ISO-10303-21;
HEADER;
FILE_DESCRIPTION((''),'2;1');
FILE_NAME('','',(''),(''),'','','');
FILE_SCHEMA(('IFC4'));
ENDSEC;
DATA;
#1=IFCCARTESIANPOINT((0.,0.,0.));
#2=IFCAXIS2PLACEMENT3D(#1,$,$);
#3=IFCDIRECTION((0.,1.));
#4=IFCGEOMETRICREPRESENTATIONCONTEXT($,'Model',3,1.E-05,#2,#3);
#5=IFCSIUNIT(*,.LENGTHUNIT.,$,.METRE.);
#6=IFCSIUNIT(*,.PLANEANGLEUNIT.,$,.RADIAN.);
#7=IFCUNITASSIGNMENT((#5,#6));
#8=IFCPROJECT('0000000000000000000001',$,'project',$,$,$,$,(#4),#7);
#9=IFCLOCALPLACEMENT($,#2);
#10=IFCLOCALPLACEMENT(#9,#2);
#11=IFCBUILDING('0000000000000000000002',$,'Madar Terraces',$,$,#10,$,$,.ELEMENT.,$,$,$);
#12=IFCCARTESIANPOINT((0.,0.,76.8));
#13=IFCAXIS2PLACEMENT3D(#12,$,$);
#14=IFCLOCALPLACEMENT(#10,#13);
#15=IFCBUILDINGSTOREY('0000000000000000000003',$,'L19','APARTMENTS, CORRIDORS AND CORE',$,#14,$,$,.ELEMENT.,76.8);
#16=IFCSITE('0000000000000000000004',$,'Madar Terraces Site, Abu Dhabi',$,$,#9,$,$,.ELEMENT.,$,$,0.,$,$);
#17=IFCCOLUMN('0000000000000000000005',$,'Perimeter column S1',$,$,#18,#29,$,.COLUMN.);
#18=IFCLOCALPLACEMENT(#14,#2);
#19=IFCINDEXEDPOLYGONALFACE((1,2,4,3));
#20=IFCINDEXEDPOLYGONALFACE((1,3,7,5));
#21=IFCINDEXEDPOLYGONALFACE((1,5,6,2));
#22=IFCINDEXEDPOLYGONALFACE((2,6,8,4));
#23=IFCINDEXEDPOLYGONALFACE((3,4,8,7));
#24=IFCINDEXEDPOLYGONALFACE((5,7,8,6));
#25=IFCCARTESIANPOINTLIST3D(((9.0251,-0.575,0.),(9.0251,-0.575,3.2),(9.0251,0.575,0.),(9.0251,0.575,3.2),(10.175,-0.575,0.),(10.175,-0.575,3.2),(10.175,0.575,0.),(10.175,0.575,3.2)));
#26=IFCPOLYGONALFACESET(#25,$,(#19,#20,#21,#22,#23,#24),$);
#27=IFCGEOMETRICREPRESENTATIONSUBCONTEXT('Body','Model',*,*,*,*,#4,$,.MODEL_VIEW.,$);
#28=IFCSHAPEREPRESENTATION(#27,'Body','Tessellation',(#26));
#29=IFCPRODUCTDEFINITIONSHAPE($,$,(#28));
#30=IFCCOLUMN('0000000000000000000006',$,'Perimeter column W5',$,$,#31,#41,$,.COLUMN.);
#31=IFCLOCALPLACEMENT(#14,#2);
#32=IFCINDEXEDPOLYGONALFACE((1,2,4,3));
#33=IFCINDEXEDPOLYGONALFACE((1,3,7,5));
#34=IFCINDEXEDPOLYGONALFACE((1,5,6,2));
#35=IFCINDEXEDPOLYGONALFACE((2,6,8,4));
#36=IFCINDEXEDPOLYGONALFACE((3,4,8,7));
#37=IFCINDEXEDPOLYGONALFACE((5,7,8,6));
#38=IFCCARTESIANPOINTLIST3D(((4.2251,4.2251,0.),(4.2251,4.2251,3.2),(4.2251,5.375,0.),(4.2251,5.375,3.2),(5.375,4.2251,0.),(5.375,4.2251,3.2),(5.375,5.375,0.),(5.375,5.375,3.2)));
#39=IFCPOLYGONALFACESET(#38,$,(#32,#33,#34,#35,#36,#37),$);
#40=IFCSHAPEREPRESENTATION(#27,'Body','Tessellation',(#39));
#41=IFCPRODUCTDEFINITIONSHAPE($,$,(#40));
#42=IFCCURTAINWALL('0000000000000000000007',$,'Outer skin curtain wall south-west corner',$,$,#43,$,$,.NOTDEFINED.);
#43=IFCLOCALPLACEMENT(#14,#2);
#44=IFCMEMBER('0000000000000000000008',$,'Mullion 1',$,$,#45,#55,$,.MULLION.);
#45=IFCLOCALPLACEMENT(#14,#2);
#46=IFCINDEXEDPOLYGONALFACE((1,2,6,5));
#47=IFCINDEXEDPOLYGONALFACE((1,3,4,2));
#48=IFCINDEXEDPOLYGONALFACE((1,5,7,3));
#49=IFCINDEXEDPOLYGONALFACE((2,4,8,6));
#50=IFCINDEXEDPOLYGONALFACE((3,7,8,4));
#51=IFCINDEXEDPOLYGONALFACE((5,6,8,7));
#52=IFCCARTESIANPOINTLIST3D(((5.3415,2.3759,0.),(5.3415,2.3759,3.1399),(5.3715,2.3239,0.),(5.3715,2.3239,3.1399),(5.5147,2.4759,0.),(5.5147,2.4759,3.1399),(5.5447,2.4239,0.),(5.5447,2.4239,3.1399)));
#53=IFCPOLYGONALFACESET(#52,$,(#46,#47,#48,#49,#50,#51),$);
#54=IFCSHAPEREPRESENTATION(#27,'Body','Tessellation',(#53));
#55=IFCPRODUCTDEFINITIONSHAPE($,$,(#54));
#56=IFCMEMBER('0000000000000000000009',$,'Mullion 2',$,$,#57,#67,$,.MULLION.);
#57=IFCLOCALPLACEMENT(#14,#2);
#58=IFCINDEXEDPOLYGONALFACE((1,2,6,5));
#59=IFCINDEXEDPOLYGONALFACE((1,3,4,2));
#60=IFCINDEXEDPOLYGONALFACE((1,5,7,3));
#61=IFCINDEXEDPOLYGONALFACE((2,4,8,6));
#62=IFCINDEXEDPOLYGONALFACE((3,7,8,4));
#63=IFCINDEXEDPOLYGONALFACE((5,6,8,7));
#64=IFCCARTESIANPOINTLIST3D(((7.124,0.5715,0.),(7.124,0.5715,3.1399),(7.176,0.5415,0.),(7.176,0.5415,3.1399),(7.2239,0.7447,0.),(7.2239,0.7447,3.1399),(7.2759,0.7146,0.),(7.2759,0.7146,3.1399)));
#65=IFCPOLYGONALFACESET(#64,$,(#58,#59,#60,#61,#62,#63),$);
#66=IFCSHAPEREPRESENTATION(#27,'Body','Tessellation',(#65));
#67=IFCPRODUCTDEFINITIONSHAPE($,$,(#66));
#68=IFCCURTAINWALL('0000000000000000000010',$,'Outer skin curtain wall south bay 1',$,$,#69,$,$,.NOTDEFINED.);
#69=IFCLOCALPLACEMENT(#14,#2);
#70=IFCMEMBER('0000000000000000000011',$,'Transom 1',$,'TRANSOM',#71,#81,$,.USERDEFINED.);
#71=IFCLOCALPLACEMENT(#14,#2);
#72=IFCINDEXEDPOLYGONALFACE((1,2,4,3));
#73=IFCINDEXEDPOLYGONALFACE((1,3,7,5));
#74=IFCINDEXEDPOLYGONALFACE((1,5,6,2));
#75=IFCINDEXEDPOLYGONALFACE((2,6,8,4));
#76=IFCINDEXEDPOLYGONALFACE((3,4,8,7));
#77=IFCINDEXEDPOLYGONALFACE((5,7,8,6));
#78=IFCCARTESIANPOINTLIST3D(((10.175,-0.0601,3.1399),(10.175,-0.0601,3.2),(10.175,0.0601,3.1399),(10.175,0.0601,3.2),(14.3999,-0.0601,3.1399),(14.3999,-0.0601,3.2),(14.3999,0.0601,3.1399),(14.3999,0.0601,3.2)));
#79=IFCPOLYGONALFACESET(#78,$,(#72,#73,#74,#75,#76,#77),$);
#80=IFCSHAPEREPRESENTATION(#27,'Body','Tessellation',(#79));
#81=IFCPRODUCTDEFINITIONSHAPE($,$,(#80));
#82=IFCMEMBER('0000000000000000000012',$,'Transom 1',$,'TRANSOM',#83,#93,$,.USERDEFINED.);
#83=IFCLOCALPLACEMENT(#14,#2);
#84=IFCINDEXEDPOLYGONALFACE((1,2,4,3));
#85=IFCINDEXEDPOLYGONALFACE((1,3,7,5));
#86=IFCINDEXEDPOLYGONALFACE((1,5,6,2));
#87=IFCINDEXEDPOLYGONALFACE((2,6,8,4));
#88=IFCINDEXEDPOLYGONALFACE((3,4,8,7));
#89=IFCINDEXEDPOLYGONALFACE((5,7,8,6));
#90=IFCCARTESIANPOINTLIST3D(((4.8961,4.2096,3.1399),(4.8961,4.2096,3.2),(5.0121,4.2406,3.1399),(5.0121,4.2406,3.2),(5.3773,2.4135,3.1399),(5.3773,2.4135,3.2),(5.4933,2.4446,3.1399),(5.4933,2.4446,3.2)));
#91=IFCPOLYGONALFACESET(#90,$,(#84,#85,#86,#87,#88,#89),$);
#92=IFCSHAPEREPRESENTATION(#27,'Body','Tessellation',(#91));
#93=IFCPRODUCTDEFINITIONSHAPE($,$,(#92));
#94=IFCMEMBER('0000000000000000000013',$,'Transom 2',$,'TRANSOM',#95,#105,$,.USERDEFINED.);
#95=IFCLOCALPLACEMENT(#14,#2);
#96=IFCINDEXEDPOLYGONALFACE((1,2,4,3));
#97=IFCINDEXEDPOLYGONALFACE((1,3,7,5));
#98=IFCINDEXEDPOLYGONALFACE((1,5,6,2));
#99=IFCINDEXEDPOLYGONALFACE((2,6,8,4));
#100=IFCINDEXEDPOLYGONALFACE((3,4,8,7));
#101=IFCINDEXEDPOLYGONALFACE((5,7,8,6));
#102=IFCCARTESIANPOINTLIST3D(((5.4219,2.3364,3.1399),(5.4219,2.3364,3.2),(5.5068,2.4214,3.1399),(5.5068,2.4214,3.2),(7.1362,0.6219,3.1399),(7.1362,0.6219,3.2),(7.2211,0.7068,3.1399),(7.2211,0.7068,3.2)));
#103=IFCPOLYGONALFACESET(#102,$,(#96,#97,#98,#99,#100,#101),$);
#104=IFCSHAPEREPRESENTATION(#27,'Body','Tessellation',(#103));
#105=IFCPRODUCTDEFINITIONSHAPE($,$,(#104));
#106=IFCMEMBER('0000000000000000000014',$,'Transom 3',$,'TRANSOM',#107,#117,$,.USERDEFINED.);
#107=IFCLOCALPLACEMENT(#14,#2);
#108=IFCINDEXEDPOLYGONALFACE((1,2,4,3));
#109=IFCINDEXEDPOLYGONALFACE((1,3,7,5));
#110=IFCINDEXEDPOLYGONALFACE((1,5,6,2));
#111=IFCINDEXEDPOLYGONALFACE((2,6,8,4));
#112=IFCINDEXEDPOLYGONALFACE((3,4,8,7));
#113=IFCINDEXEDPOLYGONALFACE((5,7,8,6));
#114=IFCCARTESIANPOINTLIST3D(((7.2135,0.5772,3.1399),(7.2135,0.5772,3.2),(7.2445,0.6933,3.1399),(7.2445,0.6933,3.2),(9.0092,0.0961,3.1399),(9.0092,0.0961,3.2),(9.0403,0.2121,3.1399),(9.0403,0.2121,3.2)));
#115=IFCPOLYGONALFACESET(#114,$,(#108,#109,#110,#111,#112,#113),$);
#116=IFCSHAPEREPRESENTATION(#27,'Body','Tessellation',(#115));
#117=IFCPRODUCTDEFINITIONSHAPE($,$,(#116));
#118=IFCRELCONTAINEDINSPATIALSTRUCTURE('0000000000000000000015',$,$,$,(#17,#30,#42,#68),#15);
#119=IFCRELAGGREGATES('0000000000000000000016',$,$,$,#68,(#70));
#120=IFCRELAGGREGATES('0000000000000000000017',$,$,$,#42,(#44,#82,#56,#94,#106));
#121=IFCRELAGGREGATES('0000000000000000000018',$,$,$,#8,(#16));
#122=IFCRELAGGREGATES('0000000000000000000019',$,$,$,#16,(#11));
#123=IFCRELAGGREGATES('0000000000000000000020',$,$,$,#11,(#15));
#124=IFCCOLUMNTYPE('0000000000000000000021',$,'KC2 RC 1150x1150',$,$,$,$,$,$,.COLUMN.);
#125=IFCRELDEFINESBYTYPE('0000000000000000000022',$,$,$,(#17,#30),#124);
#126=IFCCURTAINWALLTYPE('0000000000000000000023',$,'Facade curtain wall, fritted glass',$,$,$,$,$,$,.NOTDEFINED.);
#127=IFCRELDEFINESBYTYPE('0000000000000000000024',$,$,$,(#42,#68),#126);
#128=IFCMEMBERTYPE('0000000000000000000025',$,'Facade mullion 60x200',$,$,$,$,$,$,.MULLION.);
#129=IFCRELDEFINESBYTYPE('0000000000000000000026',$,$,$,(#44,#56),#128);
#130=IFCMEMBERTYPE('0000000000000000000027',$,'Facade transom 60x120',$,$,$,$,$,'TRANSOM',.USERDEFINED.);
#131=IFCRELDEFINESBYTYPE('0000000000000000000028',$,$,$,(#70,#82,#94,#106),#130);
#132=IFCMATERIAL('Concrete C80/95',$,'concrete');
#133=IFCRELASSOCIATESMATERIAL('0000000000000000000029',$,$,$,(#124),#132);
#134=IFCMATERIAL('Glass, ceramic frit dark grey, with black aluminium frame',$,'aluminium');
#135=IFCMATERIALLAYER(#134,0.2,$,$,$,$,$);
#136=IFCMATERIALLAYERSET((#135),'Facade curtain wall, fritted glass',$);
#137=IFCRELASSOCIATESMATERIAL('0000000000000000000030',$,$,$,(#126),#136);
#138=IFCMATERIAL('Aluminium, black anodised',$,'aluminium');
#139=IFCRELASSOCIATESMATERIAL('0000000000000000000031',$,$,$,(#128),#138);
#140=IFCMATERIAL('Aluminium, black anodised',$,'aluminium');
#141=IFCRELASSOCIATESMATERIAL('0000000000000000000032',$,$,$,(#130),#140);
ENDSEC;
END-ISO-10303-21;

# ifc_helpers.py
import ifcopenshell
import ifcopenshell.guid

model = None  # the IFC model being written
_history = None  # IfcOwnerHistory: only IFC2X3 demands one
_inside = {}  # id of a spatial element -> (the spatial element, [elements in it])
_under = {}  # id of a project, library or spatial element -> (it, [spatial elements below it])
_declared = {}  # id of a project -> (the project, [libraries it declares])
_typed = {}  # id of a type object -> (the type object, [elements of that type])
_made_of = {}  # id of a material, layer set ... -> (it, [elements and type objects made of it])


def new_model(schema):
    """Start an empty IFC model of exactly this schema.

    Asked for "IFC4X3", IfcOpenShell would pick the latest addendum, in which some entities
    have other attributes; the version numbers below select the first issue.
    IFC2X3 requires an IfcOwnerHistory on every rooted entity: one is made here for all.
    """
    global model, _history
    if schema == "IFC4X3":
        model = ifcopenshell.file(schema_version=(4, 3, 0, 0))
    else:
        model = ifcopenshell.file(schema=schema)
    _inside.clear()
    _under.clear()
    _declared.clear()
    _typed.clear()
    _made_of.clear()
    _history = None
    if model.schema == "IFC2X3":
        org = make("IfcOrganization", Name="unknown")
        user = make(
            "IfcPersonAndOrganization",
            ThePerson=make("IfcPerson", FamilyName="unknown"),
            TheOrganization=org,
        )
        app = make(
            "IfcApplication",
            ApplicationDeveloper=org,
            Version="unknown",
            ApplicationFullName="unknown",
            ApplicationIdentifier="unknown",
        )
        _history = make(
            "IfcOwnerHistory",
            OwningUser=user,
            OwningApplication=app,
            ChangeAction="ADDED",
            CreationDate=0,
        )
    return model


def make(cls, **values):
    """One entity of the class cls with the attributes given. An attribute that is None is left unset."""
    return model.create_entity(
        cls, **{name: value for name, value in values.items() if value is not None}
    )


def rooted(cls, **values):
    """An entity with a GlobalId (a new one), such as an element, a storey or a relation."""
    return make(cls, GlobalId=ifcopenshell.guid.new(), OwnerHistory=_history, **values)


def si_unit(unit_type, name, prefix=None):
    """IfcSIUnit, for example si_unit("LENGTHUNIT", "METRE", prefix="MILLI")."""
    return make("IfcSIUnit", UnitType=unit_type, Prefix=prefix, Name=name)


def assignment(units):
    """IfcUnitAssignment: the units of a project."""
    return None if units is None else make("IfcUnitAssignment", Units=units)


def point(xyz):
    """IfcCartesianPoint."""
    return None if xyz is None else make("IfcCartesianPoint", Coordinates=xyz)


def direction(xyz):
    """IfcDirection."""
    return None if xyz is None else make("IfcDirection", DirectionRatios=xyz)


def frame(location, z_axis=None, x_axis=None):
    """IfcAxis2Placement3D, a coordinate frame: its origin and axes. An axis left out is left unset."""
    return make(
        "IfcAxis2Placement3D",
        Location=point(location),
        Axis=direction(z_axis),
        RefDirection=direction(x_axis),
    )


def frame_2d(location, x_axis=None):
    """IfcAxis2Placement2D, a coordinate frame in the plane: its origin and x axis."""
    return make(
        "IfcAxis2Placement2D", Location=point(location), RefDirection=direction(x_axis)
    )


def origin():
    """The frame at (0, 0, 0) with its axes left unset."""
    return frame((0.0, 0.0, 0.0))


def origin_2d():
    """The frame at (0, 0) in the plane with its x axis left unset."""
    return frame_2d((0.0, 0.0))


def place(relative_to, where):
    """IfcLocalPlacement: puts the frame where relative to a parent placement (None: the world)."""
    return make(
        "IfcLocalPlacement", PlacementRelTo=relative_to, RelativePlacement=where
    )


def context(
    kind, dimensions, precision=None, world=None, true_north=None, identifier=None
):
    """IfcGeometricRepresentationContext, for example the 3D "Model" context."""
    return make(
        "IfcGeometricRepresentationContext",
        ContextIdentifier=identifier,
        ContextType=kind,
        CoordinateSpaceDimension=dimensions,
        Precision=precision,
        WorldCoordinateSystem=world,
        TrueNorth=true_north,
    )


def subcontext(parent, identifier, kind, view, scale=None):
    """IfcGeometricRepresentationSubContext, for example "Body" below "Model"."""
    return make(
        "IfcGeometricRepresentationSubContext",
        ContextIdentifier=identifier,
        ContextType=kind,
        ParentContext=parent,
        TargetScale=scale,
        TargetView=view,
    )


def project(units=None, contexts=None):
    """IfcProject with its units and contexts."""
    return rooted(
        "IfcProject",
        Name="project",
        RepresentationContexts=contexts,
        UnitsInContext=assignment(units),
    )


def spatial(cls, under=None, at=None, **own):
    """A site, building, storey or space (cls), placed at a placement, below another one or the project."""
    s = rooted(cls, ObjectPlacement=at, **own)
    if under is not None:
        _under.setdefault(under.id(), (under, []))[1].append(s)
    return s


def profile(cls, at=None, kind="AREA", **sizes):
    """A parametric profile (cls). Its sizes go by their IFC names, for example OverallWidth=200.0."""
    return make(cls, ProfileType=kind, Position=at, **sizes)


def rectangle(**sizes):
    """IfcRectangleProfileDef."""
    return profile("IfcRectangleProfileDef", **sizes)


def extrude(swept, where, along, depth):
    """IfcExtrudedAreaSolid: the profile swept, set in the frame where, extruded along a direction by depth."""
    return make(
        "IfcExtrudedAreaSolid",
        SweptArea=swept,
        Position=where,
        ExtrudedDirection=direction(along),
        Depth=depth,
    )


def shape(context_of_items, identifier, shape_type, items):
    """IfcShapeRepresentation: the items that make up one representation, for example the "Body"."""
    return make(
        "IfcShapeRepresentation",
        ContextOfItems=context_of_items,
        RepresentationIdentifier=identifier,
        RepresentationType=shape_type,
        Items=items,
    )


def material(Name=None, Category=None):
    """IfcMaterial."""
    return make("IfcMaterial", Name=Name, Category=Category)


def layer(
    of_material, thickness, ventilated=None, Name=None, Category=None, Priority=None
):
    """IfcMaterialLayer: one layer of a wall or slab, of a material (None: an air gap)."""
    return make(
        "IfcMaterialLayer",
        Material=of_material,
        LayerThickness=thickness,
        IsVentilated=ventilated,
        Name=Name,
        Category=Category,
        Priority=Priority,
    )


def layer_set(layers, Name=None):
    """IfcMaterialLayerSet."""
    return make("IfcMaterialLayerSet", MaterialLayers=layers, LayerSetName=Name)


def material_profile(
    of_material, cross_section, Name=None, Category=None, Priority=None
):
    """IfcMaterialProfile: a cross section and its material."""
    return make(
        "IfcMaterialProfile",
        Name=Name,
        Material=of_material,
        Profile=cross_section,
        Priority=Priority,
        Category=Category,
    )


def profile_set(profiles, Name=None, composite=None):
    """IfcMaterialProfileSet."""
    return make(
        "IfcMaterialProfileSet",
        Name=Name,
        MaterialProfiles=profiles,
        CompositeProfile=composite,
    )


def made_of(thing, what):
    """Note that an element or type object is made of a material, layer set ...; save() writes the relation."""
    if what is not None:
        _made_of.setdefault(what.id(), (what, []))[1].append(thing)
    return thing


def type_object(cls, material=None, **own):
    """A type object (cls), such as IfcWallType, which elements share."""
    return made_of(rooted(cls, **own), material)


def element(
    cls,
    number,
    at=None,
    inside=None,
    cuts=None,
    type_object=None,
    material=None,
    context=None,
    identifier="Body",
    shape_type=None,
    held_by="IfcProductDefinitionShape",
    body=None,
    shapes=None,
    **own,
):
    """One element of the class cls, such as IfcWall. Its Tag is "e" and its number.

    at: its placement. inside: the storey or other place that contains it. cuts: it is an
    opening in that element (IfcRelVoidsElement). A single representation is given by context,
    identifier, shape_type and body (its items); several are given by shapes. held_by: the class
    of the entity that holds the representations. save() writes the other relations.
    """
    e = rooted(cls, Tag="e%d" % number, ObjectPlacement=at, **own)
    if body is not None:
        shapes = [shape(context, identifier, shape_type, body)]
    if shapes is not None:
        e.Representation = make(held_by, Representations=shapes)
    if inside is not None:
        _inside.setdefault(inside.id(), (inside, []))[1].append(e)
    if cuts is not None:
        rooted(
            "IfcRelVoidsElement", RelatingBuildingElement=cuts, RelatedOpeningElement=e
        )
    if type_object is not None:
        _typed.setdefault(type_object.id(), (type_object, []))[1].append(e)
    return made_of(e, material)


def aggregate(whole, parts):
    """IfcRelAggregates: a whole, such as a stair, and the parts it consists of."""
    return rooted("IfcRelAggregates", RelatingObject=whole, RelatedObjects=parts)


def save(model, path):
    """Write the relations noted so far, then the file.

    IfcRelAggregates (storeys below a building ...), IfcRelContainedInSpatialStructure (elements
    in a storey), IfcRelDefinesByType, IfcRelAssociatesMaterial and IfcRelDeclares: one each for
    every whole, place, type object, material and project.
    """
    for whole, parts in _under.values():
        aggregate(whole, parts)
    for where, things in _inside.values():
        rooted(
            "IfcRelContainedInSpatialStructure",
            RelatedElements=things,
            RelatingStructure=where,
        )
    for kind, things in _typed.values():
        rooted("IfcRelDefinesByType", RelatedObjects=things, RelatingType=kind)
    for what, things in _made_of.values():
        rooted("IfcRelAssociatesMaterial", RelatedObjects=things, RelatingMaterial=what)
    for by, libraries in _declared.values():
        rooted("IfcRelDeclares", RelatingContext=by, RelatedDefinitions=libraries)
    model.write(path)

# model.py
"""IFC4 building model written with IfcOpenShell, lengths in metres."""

from ifc_helpers import new_model, si_unit, direction, frame, origin, origin_2d, place, context, subcontext, project, spatial, rectangle, extrude, material, layer, layer_set, material_profile, profile_set, type_object, element, aggregate, save


model = new_model("IFC4")

# Units and contexts
model_context = context("Model", 3, precision=1e-05, world=origin(), true_north=direction((0.0, 1.0)))
body_context = subcontext(model_context, "Body", "Model", "MODEL_VIEW")
ifc_project = project(units=[si_unit("LENGTHUNIT", "METRE"), si_unit("PLANEANGLEUNIT", "RADIAN")], contexts=[model_context])

# Site, building, storey
site_placement = place(None, origin())
site = spatial("IfcSite", under=ifc_project, at=site_placement, Name="Madar Terraces Site, Abu Dhabi", CompositionType="ELEMENT", RefElevation=0.0)
building_placement = place(site_placement, origin())
building = spatial("IfcBuilding", under=site, at=building_placement, Name="Madar Terraces", CompositionType="ELEMENT")
storey_placement = place(building_placement, frame((0.0, 0.0, 76.8)))
storey = spatial("IfcBuildingStorey", under=building, at=storey_placement, Name="L19", Description="APARTMENTS, CORRIDORS AND CORE", CompositionType="ELEMENT", Elevation=76.8)

# Columns
ifc_material_1 = material(Name="Concrete C80/95", Category="concrete")
ifc_material_profile_1 = material_profile(ifc_material_1, rectangle(XDim=1.1499, YDim=1.1499, at=origin_2d()), Name="KC2 RC 1150x1150")
ifc_profile_set_1 = profile_set([ifc_material_profile_1], Name="Concrete C80/95")
column_type = type_object("IfcColumnType", Name="KC2 RC 1150x1150", PredefinedType="COLUMN", material=ifc_profile_set_1)
for number, where, z_axis, x_axis, name in (
    (1, (9.6001, 0.0, 0.0), (0.0, 0.0, 1.0), (1.0, 0.0, 0.0), "Perimeter column S1"),
    (2, (4.8, 4.8, 0.0), (0.0, 0.0, 1.0), (1.0, 0.0, 0.0), "Perimeter column W5"),
):
    element("IfcColumn", number, at=place(storey_placement, frame(where, z_axis=z_axis, x_axis=x_axis)), inside=storey, type_object=column_type, Name=name, PredefinedType="COLUMN", context=body_context, shape_type="SweptSolid", body=[
        extrude(rectangle(XDim=1.1499, YDim=1.1499, at=origin_2d()), origin(), (0.0, 0.0, 1.0), 3.2),
    ])

# Curtain wall, members
ifc_material_2 = material(Name="Glass, ceramic frit dark grey, with black aluminium frame", Category="aluminium")
ifc_layer_1 = layer(ifc_material_2, 0.2)
ifc_layer_set_1 = layer_set([ifc_layer_1], Name="Facade curtain wall, fritted glass")
curtain_wall_type = type_object("IfcCurtainWallType", Name="Facade curtain wall, fritted glass", PredefinedType="NOTDEFINED", material=ifc_layer_set_1)
curtain_wall_1_placement = place(storey_placement, origin())
curtain_wall_1 = element("IfcCurtainWall", 3, at=curtain_wall_1_placement, inside=storey, type_object=curtain_wall_type, Name="Outer skin curtain wall south-west corner", PredefinedType="NOTDEFINED")
ifc_material_3 = material(Name="Aluminium, black anodised", Category="aluminium")
ifc_material_profile_2 = material_profile(ifc_material_3, rectangle(XDim=0.2, YDim=0.0601, at=origin_2d()), Name="Facade mullion 60x200")
ifc_profile_set_2 = profile_set([ifc_material_profile_2], Name="Aluminium, black anodised")
member_type_1 = type_object("IfcMemberType", Name="Facade mullion 60x200", PredefinedType="MULLION", material=ifc_profile_set_2)
member_1_placement = place(storey_placement, frame((5.4431, 2.3999, 0.0), z_axis=(0.0, 0.0, 1.0), x_axis=(0.866025, 0.5, 0.0)))
member_1 = element("IfcMember", 4, at=member_1_placement, type_object=member_type_1, Name="Mullion 1", PredefinedType="MULLION", context=body_context, shape_type="SweptSolid", body=[
    extrude(rectangle(XDim=0.2, YDim=0.0601, at=origin_2d()), origin(), (0.0, 0.0, 1.0), 3.1399),
])
member_2_placement = place(storey_placement, frame((7.2, 0.6431, 0.0), z_axis=(0.0, 0.0, 1.0), x_axis=(0.5, 0.866025, 0.0)))
member_2 = element("IfcMember", 5, at=member_2_placement, type_object=member_type_1, Name="Mullion 2", PredefinedType="MULLION", context=body_context, shape_type="SweptSolid", body=[
    extrude(rectangle(XDim=0.2, YDim=0.0601, at=origin_2d()), origin(), (0.0, 0.0, 1.0), 3.1399),
])

# Curtain wall, member
curtain_wall_2_placement = place(storey_placement, origin())
curtain_wall_2 = element("IfcCurtainWall", 6, at=curtain_wall_2_placement, inside=storey, type_object=curtain_wall_type, Name="Outer skin curtain wall south bay 1", PredefinedType="NOTDEFINED")
ifc_material_4 = material(Name="Aluminium, black anodised", Category="aluminium")
ifc_material_profile_3 = material_profile(ifc_material_4, rectangle(XDim=0.1201, YDim=0.0601, at=origin_2d()), Name="Facade transom 60x120")
ifc_profile_set_3 = profile_set([ifc_material_profile_3], Name="Aluminium, black anodised")
member_type_2 = type_object("IfcMemberType", Name="Facade transom 60x120", ElementType="TRANSOM", PredefinedType="USERDEFINED", material=ifc_profile_set_3)
member_3_placement = place(storey_placement, frame((10.175, 0.0, 3.1699), z_axis=(1.0, 0.0, 0.0), x_axis=(0.0, 1.0, 0.0)))
member_3 = element("IfcMember", 7, at=member_3_placement, type_object=member_type_2, Name="Transom 1", ObjectType="TRANSOM", PredefinedType="USERDEFINED", context=body_context, shape_type="SweptSolid", body=[
    extrude(rectangle(XDim=0.1201, YDim=0.0601, at=origin_2d()), origin(), (0.0, 0.0, 1.0), 4.2249),
])
aggregate(curtain_wall_2, [member_3])

# Members
member_4_placement = place(storey_placement, frame((4.9541, 4.2251, 3.1699), z_axis=(0.258782, -0.965936, 0.0), x_axis=(0.965936, 0.258782, 0.0)))
member_4 = element("IfcMember", 8, at=member_4_placement, type_object=member_type_2, Name="Transom 1", ObjectType="TRANSOM", PredefinedType="USERDEFINED", context=body_context, shape_type="SweptSolid", body=[
    extrude(rectangle(XDim=0.1201, YDim=0.0601, at=origin_2d()), origin(), (0.0, 0.0, 1.0), 1.8594),
])
member_5_placement = place(storey_placement, frame((5.4644, 2.3789, 3.1699), z_axis=(0.707056, -0.707157, 0.0), x_axis=(0.707157, 0.707056, 0.0)))
member_5 = element("IfcMember", 9, at=member_5_placement, type_object=member_type_2, Name="Transom 2", ObjectType="TRANSOM", PredefinedType="USERDEFINED", context=body_context, shape_type="SweptSolid", body=[
    extrude(rectangle(XDim=0.1201, YDim=0.0601, at=origin_2d()), origin(), (0.0, 0.0, 1.0), 2.4246),
])
member_6_placement = place(storey_placement, frame((7.229, 0.6353, 3.1699), z_axis=(0.965927, -0.258815, 0.0), x_axis=(0.258815, 0.965927, 0.0)))
member_6 = element("IfcMember", 10, at=member_6_placement, type_object=member_type_2, Name="Transom 3", ObjectType="TRANSOM", PredefinedType="USERDEFINED", context=body_context, shape_type="SweptSolid", body=[
    extrude(rectangle(XDim=0.1201, YDim=0.0601, at=origin_2d()), origin(), (0.0, 0.0, 1.0), 1.8591),
])

aggregate(curtain_wall_1, [member_1, member_4, member_2, member_5, member_6])

save(model, "model.ifc")
